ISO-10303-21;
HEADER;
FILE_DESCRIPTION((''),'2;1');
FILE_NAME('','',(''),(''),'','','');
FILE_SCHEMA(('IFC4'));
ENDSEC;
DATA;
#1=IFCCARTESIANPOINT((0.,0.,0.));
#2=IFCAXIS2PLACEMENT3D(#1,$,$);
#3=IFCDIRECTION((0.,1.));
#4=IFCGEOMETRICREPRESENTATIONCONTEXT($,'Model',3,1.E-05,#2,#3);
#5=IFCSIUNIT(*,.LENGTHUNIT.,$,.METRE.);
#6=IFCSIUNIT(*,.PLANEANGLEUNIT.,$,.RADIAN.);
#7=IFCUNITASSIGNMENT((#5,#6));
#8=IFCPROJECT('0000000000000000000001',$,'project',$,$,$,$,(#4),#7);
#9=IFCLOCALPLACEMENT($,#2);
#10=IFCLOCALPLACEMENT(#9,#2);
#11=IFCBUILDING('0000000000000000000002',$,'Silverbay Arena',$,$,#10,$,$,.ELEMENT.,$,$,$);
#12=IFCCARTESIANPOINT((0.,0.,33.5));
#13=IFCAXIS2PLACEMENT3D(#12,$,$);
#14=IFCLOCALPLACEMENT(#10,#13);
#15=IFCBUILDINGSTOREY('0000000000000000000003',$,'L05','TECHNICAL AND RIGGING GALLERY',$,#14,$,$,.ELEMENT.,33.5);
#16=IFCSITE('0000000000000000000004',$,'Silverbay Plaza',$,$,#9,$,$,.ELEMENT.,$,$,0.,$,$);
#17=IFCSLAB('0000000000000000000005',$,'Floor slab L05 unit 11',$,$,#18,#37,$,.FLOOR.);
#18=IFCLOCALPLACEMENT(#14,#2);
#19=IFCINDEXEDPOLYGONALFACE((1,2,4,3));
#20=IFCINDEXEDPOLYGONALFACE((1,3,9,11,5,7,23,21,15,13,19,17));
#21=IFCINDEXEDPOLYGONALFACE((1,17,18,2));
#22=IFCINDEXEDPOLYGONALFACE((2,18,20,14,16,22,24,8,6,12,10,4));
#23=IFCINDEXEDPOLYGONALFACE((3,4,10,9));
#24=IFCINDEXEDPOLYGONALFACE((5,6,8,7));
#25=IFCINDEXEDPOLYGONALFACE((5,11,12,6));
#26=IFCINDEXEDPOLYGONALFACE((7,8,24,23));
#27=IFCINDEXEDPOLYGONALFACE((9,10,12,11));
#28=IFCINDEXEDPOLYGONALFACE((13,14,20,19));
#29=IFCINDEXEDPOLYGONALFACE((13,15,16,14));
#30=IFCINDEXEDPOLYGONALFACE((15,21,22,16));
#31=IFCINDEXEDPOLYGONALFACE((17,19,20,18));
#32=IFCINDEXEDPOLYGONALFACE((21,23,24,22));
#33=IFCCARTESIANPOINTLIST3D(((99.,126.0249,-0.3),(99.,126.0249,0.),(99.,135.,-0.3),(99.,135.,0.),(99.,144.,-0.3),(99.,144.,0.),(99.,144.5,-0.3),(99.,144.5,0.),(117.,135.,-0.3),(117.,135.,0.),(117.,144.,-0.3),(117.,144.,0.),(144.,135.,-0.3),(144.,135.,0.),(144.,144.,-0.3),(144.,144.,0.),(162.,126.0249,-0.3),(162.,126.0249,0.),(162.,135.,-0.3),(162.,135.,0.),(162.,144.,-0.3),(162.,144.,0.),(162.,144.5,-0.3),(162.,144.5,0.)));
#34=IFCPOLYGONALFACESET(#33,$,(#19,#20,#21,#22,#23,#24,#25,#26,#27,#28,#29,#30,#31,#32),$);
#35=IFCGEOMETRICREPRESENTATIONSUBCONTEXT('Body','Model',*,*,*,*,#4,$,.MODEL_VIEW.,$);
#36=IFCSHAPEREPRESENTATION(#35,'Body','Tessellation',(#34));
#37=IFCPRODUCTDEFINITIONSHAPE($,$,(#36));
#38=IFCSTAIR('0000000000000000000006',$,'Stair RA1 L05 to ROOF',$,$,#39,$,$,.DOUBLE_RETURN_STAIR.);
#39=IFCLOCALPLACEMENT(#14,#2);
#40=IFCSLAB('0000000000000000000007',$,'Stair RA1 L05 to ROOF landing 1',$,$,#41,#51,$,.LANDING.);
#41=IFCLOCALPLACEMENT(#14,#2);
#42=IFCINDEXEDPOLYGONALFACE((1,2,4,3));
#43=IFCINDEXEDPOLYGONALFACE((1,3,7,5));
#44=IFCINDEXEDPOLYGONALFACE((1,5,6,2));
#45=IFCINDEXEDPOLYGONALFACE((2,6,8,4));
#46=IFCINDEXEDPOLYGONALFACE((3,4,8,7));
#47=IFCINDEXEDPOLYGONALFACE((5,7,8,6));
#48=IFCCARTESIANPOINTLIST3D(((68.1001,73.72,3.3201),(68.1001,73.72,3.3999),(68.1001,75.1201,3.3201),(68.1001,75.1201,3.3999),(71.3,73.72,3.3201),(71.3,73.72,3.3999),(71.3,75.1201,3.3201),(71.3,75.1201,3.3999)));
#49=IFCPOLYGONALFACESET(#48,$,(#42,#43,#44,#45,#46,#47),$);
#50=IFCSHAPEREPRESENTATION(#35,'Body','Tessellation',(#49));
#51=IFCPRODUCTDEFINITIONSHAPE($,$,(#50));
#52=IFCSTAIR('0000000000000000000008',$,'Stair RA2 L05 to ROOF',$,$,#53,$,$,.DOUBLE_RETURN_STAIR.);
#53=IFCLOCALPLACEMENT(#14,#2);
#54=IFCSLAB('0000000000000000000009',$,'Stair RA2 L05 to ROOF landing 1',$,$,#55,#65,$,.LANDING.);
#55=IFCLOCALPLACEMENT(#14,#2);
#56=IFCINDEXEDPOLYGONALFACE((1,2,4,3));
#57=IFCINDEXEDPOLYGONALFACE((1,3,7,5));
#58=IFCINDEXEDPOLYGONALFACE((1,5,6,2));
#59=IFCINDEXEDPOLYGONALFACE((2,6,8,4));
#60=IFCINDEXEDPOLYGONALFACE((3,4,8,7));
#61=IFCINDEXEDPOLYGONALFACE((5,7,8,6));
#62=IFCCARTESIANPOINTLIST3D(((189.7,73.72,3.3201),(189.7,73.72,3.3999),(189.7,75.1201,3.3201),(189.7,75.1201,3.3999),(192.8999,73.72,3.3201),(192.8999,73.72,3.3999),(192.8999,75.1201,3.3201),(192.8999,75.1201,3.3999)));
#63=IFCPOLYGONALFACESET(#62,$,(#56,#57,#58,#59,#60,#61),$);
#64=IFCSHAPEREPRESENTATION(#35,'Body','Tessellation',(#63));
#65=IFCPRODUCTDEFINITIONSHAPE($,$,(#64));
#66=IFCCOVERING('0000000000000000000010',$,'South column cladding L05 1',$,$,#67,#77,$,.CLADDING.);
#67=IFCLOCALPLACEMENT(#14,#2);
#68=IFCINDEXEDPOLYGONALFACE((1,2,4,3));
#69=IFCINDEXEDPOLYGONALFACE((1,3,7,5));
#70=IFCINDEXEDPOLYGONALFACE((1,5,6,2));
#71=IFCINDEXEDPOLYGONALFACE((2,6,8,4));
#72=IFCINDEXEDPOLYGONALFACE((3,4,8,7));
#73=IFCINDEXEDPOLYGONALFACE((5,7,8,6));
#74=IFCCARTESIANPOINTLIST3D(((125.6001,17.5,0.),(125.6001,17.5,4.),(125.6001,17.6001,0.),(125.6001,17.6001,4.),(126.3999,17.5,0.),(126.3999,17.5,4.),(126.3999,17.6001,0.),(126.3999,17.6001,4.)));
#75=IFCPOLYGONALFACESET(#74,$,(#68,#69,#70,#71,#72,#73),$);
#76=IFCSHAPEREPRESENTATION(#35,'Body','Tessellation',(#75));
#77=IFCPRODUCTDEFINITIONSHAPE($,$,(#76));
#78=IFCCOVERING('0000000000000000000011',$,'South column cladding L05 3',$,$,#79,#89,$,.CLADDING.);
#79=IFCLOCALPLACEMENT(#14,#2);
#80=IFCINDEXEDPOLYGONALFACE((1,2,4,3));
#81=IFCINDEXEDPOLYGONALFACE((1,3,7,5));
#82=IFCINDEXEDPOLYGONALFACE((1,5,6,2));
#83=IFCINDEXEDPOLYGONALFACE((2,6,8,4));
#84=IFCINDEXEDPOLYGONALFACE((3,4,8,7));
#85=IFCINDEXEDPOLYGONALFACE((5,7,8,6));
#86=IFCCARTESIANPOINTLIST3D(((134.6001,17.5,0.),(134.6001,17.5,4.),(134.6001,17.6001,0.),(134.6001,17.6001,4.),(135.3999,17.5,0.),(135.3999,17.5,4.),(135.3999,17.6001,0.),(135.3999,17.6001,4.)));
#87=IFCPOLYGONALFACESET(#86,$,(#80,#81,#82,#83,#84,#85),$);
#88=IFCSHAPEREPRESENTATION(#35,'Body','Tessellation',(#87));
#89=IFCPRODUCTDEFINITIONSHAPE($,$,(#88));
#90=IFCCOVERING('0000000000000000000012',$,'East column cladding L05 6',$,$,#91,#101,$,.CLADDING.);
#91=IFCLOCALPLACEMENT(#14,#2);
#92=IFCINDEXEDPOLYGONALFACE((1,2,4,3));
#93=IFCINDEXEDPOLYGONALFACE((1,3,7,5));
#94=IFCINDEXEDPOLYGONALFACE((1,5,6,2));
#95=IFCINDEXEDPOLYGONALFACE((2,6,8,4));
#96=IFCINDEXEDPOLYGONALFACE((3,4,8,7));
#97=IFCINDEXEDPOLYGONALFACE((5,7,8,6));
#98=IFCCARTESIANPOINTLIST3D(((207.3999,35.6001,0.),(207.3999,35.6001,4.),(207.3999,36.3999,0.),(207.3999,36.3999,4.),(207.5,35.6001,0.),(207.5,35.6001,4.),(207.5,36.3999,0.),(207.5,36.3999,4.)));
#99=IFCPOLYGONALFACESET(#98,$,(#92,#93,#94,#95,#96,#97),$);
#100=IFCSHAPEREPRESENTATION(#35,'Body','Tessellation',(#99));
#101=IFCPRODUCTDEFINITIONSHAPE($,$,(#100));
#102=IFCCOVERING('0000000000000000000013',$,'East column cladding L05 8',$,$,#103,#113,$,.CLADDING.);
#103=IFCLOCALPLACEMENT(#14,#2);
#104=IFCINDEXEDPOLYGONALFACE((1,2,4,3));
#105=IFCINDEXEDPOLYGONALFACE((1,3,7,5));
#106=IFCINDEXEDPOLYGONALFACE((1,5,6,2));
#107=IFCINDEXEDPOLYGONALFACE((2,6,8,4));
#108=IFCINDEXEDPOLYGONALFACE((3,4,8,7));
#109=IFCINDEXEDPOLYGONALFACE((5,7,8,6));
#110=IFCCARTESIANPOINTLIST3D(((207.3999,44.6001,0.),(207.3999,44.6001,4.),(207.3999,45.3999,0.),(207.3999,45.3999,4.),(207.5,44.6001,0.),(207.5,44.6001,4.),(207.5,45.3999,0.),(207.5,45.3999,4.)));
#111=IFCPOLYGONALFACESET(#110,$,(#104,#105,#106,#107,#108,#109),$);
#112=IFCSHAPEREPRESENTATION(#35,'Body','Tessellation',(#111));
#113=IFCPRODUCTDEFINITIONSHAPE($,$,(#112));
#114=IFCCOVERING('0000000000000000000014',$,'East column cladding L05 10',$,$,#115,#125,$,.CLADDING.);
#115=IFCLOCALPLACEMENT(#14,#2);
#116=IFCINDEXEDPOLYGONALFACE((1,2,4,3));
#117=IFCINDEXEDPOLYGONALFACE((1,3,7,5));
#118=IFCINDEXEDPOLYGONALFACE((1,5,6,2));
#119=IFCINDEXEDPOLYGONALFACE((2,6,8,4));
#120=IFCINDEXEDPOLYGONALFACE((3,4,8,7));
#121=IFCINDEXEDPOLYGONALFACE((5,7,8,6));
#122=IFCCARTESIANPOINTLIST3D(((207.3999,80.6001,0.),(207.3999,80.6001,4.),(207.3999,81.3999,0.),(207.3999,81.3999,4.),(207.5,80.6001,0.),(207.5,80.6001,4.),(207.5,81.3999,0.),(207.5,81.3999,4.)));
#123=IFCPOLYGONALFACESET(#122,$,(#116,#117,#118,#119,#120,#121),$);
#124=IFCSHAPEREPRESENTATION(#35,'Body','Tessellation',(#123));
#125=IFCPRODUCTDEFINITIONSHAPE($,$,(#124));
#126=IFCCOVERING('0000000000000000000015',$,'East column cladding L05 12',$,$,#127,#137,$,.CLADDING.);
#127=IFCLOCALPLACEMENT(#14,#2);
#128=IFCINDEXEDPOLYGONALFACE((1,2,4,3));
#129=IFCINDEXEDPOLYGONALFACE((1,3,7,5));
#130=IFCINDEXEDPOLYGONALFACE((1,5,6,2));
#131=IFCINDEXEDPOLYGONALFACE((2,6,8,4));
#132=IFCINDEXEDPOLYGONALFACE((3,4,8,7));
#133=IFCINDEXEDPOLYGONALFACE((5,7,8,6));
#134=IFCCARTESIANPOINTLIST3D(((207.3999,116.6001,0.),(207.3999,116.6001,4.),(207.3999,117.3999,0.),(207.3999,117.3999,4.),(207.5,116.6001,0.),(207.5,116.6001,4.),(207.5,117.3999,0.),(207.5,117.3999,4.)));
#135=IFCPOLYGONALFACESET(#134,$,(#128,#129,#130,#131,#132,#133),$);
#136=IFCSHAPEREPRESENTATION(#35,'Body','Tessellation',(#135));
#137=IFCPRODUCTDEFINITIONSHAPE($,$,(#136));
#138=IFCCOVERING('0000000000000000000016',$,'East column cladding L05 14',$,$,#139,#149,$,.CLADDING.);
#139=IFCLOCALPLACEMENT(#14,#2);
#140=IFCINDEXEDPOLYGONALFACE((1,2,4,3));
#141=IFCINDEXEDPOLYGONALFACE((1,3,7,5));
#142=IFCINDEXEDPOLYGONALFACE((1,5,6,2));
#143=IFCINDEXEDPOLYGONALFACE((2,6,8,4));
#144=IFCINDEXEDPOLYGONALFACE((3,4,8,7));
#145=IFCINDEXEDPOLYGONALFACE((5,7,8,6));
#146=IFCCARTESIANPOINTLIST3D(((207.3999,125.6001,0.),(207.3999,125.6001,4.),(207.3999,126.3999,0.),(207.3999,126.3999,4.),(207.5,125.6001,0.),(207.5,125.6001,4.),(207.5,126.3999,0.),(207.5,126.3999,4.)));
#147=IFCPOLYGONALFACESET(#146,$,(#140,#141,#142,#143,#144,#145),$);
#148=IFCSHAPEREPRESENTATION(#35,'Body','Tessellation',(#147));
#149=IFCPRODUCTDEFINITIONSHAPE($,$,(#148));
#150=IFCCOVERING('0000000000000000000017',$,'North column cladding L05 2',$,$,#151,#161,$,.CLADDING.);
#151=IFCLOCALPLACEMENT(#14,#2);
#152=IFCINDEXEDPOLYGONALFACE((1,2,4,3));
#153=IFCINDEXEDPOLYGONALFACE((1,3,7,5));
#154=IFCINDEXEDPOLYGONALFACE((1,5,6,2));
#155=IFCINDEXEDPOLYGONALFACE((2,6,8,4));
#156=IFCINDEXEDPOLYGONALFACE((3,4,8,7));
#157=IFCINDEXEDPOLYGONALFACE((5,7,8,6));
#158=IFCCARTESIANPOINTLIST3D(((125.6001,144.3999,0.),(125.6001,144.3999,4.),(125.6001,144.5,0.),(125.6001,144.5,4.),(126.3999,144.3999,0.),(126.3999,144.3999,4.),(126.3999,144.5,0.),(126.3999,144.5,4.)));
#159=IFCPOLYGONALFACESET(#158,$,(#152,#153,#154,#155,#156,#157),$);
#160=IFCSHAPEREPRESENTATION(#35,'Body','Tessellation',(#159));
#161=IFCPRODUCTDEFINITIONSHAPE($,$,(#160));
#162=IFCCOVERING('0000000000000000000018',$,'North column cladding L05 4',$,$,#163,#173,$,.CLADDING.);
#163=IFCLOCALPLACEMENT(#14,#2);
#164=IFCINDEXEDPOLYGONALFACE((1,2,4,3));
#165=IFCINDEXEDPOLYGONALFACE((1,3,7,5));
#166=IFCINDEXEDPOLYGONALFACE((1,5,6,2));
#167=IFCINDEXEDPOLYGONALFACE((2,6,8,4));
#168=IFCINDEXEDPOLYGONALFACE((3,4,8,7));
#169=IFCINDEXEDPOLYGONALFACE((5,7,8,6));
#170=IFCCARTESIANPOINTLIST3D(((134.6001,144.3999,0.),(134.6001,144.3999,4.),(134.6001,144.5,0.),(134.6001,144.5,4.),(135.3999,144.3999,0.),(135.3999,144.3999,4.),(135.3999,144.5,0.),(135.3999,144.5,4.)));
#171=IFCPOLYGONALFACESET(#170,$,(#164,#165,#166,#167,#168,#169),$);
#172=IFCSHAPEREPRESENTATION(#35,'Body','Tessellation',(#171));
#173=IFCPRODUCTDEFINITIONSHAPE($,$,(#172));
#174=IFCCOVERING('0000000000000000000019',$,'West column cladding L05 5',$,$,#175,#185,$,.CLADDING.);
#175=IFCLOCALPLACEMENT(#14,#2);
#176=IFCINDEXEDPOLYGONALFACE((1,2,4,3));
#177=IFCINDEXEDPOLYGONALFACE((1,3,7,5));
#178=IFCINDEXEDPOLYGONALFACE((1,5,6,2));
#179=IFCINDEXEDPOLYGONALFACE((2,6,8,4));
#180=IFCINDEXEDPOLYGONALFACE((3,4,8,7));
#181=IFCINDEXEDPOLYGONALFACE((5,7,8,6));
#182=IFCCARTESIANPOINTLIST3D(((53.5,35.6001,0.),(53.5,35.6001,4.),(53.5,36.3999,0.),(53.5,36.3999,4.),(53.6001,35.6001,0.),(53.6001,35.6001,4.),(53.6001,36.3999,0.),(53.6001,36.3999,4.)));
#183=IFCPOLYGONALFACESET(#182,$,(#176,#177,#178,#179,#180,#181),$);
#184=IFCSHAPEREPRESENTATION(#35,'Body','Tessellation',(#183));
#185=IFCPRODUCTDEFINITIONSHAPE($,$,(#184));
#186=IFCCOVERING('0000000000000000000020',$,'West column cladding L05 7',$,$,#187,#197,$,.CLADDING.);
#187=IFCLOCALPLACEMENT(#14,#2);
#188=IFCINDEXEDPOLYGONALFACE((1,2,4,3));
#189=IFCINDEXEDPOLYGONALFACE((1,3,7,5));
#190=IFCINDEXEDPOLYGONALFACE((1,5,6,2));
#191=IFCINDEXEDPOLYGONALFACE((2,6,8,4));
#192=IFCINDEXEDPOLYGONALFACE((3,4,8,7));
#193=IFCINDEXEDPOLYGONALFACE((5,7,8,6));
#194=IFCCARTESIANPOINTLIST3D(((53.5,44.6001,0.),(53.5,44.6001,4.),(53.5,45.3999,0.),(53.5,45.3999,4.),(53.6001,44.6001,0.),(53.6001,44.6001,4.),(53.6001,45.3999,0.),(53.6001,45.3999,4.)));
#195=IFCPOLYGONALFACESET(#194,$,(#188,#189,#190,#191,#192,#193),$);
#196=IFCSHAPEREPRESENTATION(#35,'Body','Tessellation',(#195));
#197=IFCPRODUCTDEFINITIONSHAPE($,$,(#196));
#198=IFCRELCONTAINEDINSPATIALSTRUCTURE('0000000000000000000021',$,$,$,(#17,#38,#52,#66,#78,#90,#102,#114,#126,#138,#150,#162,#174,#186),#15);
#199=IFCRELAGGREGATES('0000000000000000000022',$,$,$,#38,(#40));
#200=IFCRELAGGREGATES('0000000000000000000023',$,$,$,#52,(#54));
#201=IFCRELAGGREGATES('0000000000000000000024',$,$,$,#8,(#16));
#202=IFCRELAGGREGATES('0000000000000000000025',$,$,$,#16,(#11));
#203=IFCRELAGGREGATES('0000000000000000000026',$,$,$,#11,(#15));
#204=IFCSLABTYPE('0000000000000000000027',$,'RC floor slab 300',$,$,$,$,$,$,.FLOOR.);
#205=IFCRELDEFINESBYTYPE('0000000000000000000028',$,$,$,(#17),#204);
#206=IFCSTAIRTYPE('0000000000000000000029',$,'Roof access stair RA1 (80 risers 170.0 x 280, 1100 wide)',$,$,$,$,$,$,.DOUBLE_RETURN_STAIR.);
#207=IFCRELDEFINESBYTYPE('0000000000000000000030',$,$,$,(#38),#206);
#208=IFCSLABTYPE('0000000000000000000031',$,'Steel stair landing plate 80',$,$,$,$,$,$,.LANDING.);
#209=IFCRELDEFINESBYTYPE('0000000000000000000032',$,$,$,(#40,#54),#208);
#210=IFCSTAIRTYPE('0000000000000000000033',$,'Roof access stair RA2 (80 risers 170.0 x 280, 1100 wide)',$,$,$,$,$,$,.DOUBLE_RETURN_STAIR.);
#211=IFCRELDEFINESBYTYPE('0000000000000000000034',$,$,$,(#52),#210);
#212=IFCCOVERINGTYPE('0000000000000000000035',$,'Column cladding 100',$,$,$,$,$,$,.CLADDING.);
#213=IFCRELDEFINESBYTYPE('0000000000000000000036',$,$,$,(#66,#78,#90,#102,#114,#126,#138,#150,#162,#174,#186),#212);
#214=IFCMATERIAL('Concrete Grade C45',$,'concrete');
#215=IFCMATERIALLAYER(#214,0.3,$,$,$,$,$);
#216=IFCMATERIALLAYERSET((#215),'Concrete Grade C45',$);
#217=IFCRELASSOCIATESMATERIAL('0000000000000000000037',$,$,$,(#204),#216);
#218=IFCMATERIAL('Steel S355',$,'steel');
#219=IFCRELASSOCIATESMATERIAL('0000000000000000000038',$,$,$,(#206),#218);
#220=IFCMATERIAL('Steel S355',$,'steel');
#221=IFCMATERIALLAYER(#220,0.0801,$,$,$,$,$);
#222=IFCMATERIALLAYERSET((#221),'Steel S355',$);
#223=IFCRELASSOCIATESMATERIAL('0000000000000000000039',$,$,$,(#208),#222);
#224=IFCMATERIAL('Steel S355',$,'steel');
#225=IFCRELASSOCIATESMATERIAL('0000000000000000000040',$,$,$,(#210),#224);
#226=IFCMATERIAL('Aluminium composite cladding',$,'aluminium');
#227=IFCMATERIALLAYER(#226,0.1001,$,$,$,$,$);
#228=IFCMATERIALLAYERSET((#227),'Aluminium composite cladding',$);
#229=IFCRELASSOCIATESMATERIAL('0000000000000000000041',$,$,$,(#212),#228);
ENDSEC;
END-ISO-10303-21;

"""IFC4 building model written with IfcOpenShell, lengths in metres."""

from ifc_helpers import new_model, si_unit, direction, frame, origin, place, context, subcontext, project, spatial, polyline, outline, extrude, material, layer, layer_set, type_object, element, aggregate, save


model = new_model("IFC4")

# Units and contexts
model_context = context("Model", 3, precision=1e-05, world=origin(), true_north=direction((0.0, 1.0)))
body_context = subcontext(model_context, "Body", "Model", "MODEL_VIEW")
ifc_project = project(units=[si_unit("LENGTHUNIT", "METRE"), si_unit("PLANEANGLEUNIT", "RADIAN")], contexts=[model_context])

# Site, building, storey
site_placement = place(None, origin())
site = spatial("IfcSite", under=ifc_project, at=site_placement, Name="Silverbay Plaza", CompositionType="ELEMENT", RefElevation=0.0)
building_placement = place(site_placement, origin())
building = spatial("IfcBuilding", under=site, at=building_placement, Name="Silverbay Arena", CompositionType="ELEMENT")
storey_placement = place(building_placement, frame((0.0, 0.0, 33.5)))
storey = spatial("IfcBuildingStorey", under=building, at=storey_placement, Name="L05", Description="TECHNICAL AND RIGGING GALLERY", CompositionType="ELEMENT", Elevation=33.5)

# Slab
ifc_material_1 = material(Name="Concrete Grade C45", Category="concrete")
ifc_layer_1 = layer(ifc_material_1, 0.3)
ifc_layer_set_1 = layer_set([ifc_layer_1], Name="Concrete Grade C45")
slab_type_1 = type_object("IfcSlabType", Name="RC floor slab 300", PredefinedType="FLOOR", material=ifc_layer_set_1)
slab_1_placement = place(storey_placement, frame((0.0, 0.0, -0.3)))
element("IfcSlab", 1, at=slab_1_placement, inside=storey, type_object=slab_type_1, Name="Floor slab L05 unit 11", PredefinedType="FLOOR", context=body_context, shape_type="SweptSolid", body=[
    extrude(outline(polyline([(144.0, 144.0), (144.0, 135.0), (162.0, 135.0), (162.0, 126.0249), (99.0, 126.0249), (99.0, 135.0), (117.0, 135.0), (117.0, 144.0), (99.0, 144.0), (99.0, 144.5), (162.0, 144.5), (162.0, 144.0), (144.0, 144.0)])), origin(), (0.0, 0.0, 1.0), 0.3),
])

# Stairs, slabs
ifc_material_2 = material(Name="Steel S355", Category="steel")
stair_type_1 = type_object("IfcStairType", Name="Roof access stair RA1 (80 risers 170.0 x 280, 1100 wide)", PredefinedType="DOUBLE_RETURN_STAIR", material=ifc_material_2)
stair_1_placement = place(storey_placement, origin())
stair_1 = element("IfcStair", 2, at=stair_1_placement, inside=storey, type_object=stair_type_1, Name="Stair RA1 L05 to ROOF", PredefinedType="DOUBLE_RETURN_STAIR")
ifc_material_3 = material(Name="Steel S355", Category="steel")
ifc_layer_2 = layer(ifc_material_3, 0.0801)
ifc_layer_set_2 = layer_set([ifc_layer_2], Name="Steel S355")
slab_type_2 = type_object("IfcSlabType", Name="Steel stair landing plate 80", PredefinedType="LANDING", material=ifc_layer_set_2)
slab_2_placement = place(storey_placement, frame((0.0, 0.0, 3.3201)))
slab_2 = element("IfcSlab", 3, at=slab_2_placement, type_object=slab_type_2, Name="Stair RA1 L05 to ROOF landing 1", PredefinedType="LANDING", context=body_context, shape_type="SweptSolid", body=[
    extrude(outline(polyline([(68.1001, 73.72), (68.1001, 75.1201), (71.3, 75.1201), (71.3, 73.72), (68.1001, 73.72)])), origin(), (0.0, 0.0, 1.0), 0.0798),
])
aggregate(stair_1, [slab_2])
ifc_material_4 = material(Name="Steel S355", Category="steel")
stair_type_2 = type_object("IfcStairType", Name="Roof access stair RA2 (80 risers 170.0 x 280, 1100 wide)", PredefinedType="DOUBLE_RETURN_STAIR", material=ifc_material_4)
stair_2_placement = place(storey_placement, origin())
stair_2 = element("IfcStair", 4, at=stair_2_placement, inside=storey, type_object=stair_type_2, Name="Stair RA2 L05 to ROOF", PredefinedType="DOUBLE_RETURN_STAIR")
slab_3_placement = place(storey_placement, frame((0.0, 0.0, 3.3201)))
slab_3 = element("IfcSlab", 5, at=slab_3_placement, type_object=slab_type_2, Name="Stair RA2 L05 to ROOF landing 1", PredefinedType="LANDING", context=body_context, shape_type="SweptSolid", body=[
    extrude(outline(polyline([(192.8999, 73.72), (192.8999, 75.1201), (189.7, 75.1201), (189.7, 73.72), (192.8999, 73.72)])), origin(), (0.0, 0.0, 1.0), 0.0798),
])
aggregate(stair_2, [slab_3])

# Coverings
ifc_material_5 = material(Name="Aluminium composite cladding", Category="aluminium")
ifc_layer_3 = layer(ifc_material_5, 0.1001)
ifc_layer_set_3 = layer_set([ifc_layer_3], Name="Aluminium composite cladding")
covering_type_1 = type_object("IfcCoveringType", Name="Column cladding 100", PredefinedType="CLADDING", material=ifc_layer_set_3)
covering_1_placement = place(storey_placement, origin())
element("IfcCovering", 6, at=covering_1_placement, inside=storey, type_object=covering_type_1, Name="South column cladding L05 1", PredefinedType="CLADDING", context=body_context, shape_type="SweptSolid", body=[
    extrude(outline(polyline([(125.6001, 17.5), (126.3999, 17.5), (126.3999, 17.6001), (125.6001, 17.6001), (125.6001, 17.5)])), origin(), (0.0, 0.0, 1.0), 4.0),
])
covering_2_placement = place(storey_placement, origin())
element("IfcCovering", 7, at=covering_2_placement, inside=storey, type_object=covering_type_1, Name="South column cladding L05 3", PredefinedType="CLADDING", context=body_context, shape_type="SweptSolid", body=[
    extrude(outline(polyline([(134.6001, 17.5), (135.3999, 17.5), (135.3999, 17.6001), (134.6001, 17.6001), (134.6001, 17.5)])), origin(), (0.0, 0.0, 1.0), 4.0),
])
covering_3_placement = place(storey_placement, origin())
element("IfcCovering", 8, at=covering_3_placement, inside=storey, type_object=covering_type_1, Name="East column cladding L05 6", PredefinedType="CLADDING", context=body_context, shape_type="SweptSolid", body=[
    extrude(outline(polyline([(207.3999, 35.6001), (207.5, 35.6001), (207.5, 36.3999), (207.3999, 36.3999), (207.3999, 35.6001)])), origin(), (0.0, 0.0, 1.0), 4.0),
])
covering_4_placement = place(storey_placement, origin())
element("IfcCovering", 9, at=covering_4_placement, inside=storey, type_object=covering_type_1, Name="East column cladding L05 8", PredefinedType="CLADDING", context=body_context, shape_type="SweptSolid", body=[
    extrude(outline(polyline([(207.3999, 44.6001), (207.5, 44.6001), (207.5, 45.3999), (207.3999, 45.3999), (207.3999, 44.6001)])), origin(), (0.0, 0.0, 1.0), 4.0),
])
covering_5_placement = place(storey_placement, origin())
element("IfcCovering", 10, at=covering_5_placement, inside=storey, type_object=covering_type_1, Name="East column cladding L05 10", PredefinedType="CLADDING", context=body_context, shape_type="SweptSolid", body=[
    extrude(outline(polyline([(207.3999, 80.6001), (207.5, 80.6001), (207.5, 81.3999), (207.3999, 81.3999), (207.3999, 80.6001)])), origin(), (0.0, 0.0, 1.0), 4.0),
])
covering_6_placement = place(storey_placement, origin())
element("IfcCovering", 11, at=covering_6_placement, inside=storey, type_object=covering_type_1, Name="East column cladding L05 12", PredefinedType="CLADDING", context=body_context, shape_type="SweptSolid", body=[
    extrude(outline(polyline([(207.3999, 116.6001), (207.5, 116.6001), (207.5, 117.3999), (207.3999, 117.3999), (207.3999, 116.6001)])), origin(), (0.0, 0.0, 1.0), 4.0),
])
covering_7_placement = place(storey_placement, origin())
element("IfcCovering", 12, at=covering_7_placement, inside=storey, type_object=covering_type_1, Name="East column cladding L05 14", PredefinedType="CLADDING", context=body_context, shape_type="SweptSolid", body=[
    extrude(outline(polyline([(207.3999, 125.6001), (207.5, 125.6001), (207.5, 126.3999), (207.3999, 126.3999), (207.3999, 125.6001)])), origin(), (0.0, 0.0, 1.0), 4.0),
])
covering_8_placement = place(storey_placement, origin())
element("IfcCovering", 13, at=covering_8_placement, inside=storey, type_object=covering_type_1, Name="North column cladding L05 2", PredefinedType="CLADDING", context=body_context, shape_type="SweptSolid", body=[
    extrude(outline(polyline([(125.6001, 144.3999), (126.3999, 144.3999), (126.3999, 144.5), (125.6001, 144.5), (125.6001, 144.3999)])), origin(), (0.0, 0.0, 1.0), 4.0),
])
covering_9_placement = place(storey_placement, origin())
element("IfcCovering", 14, at=covering_9_placement, inside=storey, type_object=covering_type_1, Name="North column cladding L05 4", PredefinedType="CLADDING", context=body_context, shape_type="SweptSolid", body=[
    extrude(outline(polyline([(134.6001, 144.3999), (135.3999, 144.3999), (135.3999, 144.5), (134.6001, 144.5), (134.6001, 144.3999)])), origin(), (0.0, 0.0, 1.0), 4.0),
])
covering_10_placement = place(storey_placement, origin())
element("IfcCovering", 15, at=covering_10_placement, inside=storey, type_object=covering_type_1, Name="West column cladding L05 5", PredefinedType="CLADDING", context=body_context, shape_type="SweptSolid", body=[
    extrude(outline(polyline([(53.5, 35.6001), (53.6001, 35.6001), (53.6001, 36.3999), (53.5, 36.3999), (53.5, 35.6001)])), origin(), (0.0, 0.0, 1.0), 4.0),
])
covering_11_placement = place(storey_placement, origin())
element("IfcCovering", 16, at=covering_11_placement, inside=storey, type_object=covering_type_1, Name="West column cladding L05 7", PredefinedType="CLADDING", context=body_context, shape_type="SweptSolid", body=[
    extrude(outline(polyline([(53.5, 44.6001), (53.6001, 44.6001), (53.6001, 45.3999), (53.5, 45.3999), (53.5, 44.6001)])), origin(), (0.0, 0.0, 1.0), 4.0),
])

save(model, "model.ifc")
